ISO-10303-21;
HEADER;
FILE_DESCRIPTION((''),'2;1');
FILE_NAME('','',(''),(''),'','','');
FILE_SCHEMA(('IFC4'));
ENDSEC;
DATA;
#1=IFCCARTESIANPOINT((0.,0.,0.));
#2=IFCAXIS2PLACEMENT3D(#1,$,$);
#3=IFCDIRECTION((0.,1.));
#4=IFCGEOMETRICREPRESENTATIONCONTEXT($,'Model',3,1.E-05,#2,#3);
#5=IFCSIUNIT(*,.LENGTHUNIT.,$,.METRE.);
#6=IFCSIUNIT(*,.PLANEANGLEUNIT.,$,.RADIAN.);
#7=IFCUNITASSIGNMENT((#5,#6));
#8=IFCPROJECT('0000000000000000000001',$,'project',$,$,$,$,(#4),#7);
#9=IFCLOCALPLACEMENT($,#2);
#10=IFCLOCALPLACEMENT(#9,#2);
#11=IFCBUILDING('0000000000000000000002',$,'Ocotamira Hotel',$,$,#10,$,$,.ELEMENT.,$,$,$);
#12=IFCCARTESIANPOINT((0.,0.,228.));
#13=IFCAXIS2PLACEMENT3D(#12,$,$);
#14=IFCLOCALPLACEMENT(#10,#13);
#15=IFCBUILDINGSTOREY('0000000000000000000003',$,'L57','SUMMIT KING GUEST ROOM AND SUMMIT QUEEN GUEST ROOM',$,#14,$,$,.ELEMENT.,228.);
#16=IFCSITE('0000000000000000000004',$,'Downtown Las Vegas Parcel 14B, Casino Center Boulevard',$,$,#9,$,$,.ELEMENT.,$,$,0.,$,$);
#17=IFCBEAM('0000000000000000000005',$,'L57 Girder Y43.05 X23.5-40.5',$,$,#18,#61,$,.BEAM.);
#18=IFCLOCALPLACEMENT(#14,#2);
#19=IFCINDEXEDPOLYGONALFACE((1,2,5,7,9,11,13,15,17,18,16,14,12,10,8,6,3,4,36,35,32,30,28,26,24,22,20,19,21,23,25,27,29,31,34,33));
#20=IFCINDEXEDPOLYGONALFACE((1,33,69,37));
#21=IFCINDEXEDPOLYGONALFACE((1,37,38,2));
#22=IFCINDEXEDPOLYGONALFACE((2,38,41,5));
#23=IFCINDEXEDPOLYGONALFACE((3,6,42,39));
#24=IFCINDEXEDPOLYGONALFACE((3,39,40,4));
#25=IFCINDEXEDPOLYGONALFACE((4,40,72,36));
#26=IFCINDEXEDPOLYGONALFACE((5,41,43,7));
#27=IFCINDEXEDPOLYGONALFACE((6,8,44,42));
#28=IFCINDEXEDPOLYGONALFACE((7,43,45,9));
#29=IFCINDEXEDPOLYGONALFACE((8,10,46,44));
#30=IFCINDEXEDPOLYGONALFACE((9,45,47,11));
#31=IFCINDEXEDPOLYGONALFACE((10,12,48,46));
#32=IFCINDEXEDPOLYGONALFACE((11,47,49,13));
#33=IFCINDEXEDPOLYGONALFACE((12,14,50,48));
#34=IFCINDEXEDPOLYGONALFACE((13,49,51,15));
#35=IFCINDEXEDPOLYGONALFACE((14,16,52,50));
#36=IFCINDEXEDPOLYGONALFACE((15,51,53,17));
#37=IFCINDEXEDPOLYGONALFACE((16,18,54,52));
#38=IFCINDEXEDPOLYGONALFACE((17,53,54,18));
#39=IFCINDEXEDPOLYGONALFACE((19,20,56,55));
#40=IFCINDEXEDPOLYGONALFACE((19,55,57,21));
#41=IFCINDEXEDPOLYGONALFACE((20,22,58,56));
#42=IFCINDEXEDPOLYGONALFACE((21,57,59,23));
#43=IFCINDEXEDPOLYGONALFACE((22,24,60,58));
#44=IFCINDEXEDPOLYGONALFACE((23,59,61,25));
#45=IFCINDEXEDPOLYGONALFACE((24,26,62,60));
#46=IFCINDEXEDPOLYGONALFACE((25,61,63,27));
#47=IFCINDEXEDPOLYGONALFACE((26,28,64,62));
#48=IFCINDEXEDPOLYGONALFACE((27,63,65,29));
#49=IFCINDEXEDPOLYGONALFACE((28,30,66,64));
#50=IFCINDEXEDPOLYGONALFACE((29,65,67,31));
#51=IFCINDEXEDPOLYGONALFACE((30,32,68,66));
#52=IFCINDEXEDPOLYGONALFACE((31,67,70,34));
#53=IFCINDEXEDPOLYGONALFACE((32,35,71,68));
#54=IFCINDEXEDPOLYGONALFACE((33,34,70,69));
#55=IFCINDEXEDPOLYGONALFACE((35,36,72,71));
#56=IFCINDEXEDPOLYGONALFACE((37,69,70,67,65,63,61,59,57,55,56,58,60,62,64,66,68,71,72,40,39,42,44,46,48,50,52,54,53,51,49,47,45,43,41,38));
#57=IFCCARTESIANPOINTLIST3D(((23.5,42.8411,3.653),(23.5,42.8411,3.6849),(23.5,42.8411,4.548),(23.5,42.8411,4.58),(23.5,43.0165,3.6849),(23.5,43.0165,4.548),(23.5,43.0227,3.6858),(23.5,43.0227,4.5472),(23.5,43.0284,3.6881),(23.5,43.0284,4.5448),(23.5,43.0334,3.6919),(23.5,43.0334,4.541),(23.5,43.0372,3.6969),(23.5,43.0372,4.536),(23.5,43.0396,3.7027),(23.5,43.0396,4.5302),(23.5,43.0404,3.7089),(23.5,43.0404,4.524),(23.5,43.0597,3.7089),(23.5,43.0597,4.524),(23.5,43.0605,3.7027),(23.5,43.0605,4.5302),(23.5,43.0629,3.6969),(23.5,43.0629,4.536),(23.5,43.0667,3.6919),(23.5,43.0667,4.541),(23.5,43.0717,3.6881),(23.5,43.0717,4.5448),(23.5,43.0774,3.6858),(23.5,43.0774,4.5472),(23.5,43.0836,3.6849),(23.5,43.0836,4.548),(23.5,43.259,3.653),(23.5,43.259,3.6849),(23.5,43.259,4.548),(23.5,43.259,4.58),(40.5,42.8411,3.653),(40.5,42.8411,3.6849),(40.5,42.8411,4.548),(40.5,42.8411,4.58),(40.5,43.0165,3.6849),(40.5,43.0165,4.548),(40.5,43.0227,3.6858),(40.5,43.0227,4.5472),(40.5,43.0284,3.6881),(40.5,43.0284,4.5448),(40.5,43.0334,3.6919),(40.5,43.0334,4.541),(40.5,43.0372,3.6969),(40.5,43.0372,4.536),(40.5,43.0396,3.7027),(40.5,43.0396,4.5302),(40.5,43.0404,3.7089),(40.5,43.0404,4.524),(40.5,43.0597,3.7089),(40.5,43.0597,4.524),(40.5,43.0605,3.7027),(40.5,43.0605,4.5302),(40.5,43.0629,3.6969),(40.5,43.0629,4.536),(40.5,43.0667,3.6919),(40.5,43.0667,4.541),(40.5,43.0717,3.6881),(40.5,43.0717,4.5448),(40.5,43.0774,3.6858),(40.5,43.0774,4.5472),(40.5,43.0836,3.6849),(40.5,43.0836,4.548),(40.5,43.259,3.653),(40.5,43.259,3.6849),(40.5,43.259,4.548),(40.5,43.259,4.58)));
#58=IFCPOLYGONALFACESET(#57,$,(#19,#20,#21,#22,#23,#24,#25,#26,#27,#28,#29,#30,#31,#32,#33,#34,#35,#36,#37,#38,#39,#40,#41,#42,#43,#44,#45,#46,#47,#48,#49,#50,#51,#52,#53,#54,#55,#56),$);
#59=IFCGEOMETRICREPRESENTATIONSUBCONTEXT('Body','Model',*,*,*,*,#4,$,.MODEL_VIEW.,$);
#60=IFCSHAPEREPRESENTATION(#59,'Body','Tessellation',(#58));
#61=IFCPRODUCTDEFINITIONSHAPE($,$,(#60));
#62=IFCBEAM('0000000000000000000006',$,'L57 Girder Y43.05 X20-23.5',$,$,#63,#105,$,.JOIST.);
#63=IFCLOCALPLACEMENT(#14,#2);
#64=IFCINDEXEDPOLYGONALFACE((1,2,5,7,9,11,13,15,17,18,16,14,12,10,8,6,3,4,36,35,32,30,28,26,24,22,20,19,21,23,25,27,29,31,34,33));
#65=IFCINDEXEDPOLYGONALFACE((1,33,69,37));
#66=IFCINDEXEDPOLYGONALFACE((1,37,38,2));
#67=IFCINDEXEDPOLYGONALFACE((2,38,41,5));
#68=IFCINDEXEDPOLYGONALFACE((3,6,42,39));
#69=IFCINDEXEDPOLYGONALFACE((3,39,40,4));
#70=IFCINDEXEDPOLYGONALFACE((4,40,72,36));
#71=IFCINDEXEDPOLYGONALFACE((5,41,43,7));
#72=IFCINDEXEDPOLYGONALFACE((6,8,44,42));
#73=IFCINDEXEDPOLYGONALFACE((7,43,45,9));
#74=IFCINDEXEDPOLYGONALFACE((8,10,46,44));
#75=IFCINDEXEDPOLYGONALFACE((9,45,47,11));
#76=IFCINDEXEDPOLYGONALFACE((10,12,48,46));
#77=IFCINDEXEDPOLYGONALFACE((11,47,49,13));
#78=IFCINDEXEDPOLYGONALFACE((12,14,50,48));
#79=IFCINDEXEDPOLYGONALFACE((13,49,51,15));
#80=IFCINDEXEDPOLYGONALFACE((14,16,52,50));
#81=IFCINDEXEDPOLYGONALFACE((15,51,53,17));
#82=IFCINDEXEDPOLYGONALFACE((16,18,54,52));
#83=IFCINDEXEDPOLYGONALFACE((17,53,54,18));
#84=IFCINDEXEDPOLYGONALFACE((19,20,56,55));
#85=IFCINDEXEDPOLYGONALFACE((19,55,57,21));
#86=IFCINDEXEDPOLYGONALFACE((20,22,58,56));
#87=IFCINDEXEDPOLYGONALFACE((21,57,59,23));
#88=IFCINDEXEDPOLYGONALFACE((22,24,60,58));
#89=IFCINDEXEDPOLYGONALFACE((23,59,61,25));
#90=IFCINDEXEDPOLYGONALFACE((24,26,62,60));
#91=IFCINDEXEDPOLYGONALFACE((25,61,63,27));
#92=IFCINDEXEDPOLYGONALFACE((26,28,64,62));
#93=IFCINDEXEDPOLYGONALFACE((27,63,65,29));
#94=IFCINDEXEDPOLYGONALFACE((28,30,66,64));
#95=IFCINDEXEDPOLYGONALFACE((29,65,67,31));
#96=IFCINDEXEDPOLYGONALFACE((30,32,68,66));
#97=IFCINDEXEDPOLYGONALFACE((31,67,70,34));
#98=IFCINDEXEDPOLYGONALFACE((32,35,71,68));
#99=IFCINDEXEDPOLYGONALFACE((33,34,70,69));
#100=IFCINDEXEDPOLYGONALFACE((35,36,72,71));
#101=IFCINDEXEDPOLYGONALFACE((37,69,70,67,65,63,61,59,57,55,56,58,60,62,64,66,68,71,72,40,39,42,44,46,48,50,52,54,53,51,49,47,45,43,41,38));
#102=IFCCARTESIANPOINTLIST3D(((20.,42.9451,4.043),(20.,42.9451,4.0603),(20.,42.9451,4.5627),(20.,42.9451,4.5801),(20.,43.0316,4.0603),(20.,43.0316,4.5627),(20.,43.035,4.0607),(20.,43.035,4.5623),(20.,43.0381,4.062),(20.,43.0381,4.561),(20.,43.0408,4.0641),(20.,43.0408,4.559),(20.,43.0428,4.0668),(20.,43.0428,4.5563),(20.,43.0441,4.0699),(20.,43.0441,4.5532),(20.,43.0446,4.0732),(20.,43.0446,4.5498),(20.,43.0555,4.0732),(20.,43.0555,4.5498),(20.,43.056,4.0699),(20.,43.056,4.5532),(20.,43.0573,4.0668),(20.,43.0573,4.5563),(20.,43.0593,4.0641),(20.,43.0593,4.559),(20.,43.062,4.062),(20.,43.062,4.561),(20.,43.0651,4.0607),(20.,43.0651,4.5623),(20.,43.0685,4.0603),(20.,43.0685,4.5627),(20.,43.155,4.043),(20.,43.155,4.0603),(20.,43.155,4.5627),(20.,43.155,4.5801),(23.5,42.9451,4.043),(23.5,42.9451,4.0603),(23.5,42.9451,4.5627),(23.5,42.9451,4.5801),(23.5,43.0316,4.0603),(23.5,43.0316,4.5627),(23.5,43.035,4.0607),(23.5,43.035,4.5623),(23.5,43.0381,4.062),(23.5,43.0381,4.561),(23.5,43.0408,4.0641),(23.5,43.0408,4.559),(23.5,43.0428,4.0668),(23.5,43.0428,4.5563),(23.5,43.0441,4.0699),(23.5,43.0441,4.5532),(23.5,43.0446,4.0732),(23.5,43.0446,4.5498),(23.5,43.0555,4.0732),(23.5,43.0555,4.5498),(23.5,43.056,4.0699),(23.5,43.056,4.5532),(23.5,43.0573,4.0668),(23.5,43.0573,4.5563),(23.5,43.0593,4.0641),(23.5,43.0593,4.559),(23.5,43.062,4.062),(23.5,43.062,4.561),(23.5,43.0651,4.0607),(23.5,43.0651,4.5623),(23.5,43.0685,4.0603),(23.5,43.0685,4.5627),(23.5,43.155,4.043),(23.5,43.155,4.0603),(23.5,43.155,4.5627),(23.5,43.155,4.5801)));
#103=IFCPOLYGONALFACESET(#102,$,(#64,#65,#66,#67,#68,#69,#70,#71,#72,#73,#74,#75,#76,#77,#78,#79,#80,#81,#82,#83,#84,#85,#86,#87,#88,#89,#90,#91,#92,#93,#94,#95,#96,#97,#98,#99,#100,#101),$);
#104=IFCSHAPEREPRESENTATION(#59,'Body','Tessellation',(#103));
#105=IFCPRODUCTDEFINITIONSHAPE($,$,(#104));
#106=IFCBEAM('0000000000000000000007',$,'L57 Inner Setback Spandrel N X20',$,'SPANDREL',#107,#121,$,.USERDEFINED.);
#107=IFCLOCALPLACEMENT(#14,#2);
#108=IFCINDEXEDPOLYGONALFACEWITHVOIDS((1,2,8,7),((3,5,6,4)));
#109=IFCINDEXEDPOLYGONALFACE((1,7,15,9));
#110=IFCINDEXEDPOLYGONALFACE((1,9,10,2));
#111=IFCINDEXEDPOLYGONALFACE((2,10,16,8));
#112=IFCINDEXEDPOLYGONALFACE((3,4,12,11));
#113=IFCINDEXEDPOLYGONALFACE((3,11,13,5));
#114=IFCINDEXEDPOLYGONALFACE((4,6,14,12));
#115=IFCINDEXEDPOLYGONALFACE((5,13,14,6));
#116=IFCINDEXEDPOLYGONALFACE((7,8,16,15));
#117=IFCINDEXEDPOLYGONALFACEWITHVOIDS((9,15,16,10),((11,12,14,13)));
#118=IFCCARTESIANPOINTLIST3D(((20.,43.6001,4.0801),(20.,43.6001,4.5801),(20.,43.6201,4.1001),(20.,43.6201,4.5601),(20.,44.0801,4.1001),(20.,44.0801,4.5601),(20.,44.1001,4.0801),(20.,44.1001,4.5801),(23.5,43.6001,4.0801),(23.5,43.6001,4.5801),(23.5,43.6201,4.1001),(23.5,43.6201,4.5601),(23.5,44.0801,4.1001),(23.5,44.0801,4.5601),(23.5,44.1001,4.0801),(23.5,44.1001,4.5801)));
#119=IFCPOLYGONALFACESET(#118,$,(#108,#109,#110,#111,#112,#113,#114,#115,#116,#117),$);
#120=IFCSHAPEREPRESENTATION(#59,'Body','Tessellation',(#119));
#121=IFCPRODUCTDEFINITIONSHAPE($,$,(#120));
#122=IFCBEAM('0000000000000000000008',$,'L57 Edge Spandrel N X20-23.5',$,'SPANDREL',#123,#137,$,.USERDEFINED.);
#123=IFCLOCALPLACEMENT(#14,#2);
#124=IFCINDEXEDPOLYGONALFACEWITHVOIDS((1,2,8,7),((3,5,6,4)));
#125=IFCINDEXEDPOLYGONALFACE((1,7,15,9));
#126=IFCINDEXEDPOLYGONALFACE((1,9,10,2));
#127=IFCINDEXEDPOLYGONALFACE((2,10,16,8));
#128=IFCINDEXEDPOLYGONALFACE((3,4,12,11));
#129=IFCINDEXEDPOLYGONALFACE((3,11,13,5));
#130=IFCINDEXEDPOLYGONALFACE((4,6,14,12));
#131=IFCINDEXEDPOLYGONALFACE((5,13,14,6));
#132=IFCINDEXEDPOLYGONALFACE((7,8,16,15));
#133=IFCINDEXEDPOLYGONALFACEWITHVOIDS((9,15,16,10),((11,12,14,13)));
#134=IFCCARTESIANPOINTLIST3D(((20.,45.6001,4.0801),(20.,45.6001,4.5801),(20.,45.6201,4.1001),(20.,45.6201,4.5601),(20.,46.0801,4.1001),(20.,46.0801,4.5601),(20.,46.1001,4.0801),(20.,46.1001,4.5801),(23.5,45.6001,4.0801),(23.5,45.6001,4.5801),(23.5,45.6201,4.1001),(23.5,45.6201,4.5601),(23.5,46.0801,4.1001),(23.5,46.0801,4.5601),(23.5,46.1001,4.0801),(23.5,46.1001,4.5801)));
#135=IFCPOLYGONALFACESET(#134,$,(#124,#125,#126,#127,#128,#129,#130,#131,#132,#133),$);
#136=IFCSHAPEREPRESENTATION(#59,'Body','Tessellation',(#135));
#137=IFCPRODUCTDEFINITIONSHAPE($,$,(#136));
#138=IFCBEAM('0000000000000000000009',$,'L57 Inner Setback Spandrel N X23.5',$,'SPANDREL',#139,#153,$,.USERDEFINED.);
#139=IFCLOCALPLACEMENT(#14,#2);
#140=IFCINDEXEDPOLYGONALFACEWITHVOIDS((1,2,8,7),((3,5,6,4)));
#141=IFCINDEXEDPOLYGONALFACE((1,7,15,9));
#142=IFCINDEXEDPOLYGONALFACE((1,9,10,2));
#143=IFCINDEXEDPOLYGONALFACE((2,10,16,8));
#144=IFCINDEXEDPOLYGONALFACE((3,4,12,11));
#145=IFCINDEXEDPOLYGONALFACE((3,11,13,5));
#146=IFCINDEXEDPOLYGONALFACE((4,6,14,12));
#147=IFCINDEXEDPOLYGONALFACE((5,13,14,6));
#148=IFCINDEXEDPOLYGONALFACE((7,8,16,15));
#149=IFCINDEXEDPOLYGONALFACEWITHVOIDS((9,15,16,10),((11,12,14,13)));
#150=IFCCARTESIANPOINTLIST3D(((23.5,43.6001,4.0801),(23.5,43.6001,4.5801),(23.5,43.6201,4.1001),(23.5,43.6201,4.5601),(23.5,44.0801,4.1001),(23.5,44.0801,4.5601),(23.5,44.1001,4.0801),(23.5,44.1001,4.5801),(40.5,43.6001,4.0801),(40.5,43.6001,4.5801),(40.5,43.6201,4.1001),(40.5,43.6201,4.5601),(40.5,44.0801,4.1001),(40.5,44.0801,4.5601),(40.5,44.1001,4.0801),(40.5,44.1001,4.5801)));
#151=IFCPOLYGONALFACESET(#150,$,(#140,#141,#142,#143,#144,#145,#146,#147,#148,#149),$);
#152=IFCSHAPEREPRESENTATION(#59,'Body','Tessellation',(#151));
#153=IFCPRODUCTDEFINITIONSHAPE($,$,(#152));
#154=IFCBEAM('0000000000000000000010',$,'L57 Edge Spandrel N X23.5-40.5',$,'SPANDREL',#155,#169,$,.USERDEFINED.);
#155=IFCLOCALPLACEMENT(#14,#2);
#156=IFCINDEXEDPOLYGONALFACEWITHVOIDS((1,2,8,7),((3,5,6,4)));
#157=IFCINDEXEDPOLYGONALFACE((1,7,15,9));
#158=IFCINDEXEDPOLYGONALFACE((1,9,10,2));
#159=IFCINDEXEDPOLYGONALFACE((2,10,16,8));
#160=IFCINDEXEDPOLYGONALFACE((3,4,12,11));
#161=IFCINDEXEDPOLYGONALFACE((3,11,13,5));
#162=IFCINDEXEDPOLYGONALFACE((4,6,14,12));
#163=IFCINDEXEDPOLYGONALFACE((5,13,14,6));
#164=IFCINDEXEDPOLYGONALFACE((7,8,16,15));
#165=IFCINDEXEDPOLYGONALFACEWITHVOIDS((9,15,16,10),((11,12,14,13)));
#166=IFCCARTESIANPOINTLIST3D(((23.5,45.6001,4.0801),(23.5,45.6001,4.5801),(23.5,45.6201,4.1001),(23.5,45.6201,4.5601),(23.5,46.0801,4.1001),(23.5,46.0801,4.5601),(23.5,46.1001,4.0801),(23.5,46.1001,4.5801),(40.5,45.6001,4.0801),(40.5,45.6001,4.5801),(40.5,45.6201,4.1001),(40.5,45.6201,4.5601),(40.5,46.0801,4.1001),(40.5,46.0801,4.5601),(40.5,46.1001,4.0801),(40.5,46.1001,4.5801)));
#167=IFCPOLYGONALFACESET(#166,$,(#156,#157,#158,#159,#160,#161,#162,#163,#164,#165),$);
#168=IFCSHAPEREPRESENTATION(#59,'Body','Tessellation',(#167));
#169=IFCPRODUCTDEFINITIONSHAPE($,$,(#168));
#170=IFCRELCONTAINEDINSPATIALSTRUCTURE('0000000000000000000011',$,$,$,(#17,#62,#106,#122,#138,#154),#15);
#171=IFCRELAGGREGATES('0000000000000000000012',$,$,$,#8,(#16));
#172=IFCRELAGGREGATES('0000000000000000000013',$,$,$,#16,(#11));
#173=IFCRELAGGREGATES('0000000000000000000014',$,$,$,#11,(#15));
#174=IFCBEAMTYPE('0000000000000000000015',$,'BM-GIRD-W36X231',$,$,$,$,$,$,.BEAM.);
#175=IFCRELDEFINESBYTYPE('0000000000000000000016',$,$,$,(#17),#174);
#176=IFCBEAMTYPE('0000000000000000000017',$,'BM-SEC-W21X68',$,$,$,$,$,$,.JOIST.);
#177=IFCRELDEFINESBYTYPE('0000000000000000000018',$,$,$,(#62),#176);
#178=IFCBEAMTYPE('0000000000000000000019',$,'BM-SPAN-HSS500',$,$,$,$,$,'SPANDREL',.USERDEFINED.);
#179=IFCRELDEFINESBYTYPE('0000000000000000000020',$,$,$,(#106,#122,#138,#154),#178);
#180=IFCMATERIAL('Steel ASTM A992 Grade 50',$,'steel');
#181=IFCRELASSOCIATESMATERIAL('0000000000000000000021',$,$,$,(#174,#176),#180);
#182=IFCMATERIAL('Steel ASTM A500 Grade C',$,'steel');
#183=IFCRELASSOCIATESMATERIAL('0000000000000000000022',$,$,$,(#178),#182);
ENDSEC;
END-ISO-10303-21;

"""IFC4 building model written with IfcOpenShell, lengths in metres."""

from ifc_helpers import new_model, si_unit, direction, frame, origin, origin_2d, place, context, subcontext, project, spatial, hollow_rectangle, i_section, extrude, source, transform, mapped, material, material_profile, profile_set, type_object, element, save


model = new_model("IFC4")

# Units and contexts
model_context = context("Model", 3, precision=1e-05, world=origin(), true_north=direction((0.0, 1.0)))
body_context = subcontext(model_context, "Body", "Model", "MODEL_VIEW")
ifc_project = project(units=[si_unit("LENGTHUNIT", "METRE"), si_unit("PLANEANGLEUNIT", "RADIAN")], contexts=[model_context])

# Site, building, storey
site_placement = place(None, origin())
site = spatial("IfcSite", under=ifc_project, at=site_placement, Name="Downtown Las Vegas Parcel 14B, Casino Center Boulevard", CompositionType="ELEMENT", RefElevation=0.0)
building_placement = place(site_placement, origin())
building = spatial("IfcBuilding", under=site, at=building_placement, Name="Ocotamira Hotel", CompositionType="ELEMENT")
storey_placement = place(building_placement, frame((0.0, 0.0, 228.0)))
storey = spatial("IfcBuildingStorey", under=building, at=storey_placement, Name="L57", Description="SUMMIT KING GUEST ROOM AND SUMMIT QUEEN GUEST ROOM", CompositionType="ELEMENT", Elevation=228.0)

# Shared definitions
ifc_material_1 = material(Name="Steel ASTM A992 Grade 50", Category="steel")

# Beams
ifc_material_profile_1 = material_profile(ifc_material_1, i_section(OverallWidth=0.418, OverallDepth=0.927, WebThickness=0.0193, FlangeThickness=0.032, FilletRadius=0.0239, at=origin_2d()), Name="W36X231")
ifc_profile_set_1 = profile_set([ifc_material_profile_1], Name="Steel ASTM A992 Grade 50")
beam_type_1 = type_object("IfcBeamType", Name="BM-GIRD-W36X231", PredefinedType="BEAM", material=ifc_profile_set_1)
shared_shape_1 = source(origin(), body_context, "Body", "SweptSolid", [
    extrude(i_section(OverallWidth=0.418, OverallDepth=0.927, WebThickness=0.0193, FlangeThickness=0.032, FilletRadius=0.0239, at=origin_2d()), origin(), (0.0, 0.0, 1.0), 17.0),
])
for number, where, z_axis, x_axis, name in (
    (1, (23.5, 43.05, 4.1165), (1.0, 0.0, 0.0), (0.0, 1.0, 0.0), "L57 Girder Y43.05 X23.5-40.5"),
):
    element("IfcBeam", number, at=place(storey_placement, frame(where, z_axis=z_axis, x_axis=x_axis)), inside=storey, type_object=beam_type_1, Name=name, PredefinedType="BEAM", context=body_context, shape_type="MappedRepresentation", body=[
        mapped(shared_shape_1, transform((0.0, 0.0, 0.0), scale=1.0)),
    ])
ifc_material_profile_2 = material_profile(ifc_material_1, i_section(OverallWidth=0.21, OverallDepth=0.5371, WebThickness=0.011, FlangeThickness=0.0173, FilletRadius=0.0129, at=origin_2d()), Name="W21X68")
ifc_profile_set_2 = profile_set([ifc_material_profile_2], Name="Steel ASTM A992 Grade 50")
beam_type_2 = type_object("IfcBeamType", Name="BM-SEC-W21X68", PredefinedType="JOIST", material=ifc_profile_set_2)
shared_shape_2 = source(origin(), body_context, "Body", "SweptSolid", [
    extrude(i_section(OverallWidth=0.21, OverallDepth=0.5371, WebThickness=0.011, FlangeThickness=0.0173, FilletRadius=0.0129, at=origin_2d()), origin(), (0.0, 0.0, 1.0), 3.5),
])
beam_1_placement = place(storey_placement, frame((20.0, 43.05, 4.3115), z_axis=(1.0, 0.0, 0.0), x_axis=(0.0, 1.0, 0.0)))
element("IfcBeam", 2, at=beam_1_placement, inside=storey, type_object=beam_type_2, Name="L57 Girder Y43.05 X20-23.5", PredefinedType="JOIST", context=body_context, shape_type="MappedRepresentation", body=[
    mapped(shared_shape_2, transform((0.0, 0.0, 0.0), scale=1.0)),
])
ifc_material_2 = material(Name="Steel ASTM A500 Grade C", Category="steel")
ifc_material_profile_3 = material_profile(ifc_material_2, hollow_rectangle(XDim=0.5, YDim=0.5, WallThickness=0.02, at=origin_2d()), Name="HSS500X500X20")
ifc_profile_set_3 = profile_set([ifc_material_profile_3], Name="Steel ASTM A500 Grade C")
beam_type_3 = type_object("IfcBeamType", Name="BM-SPAN-HSS500", ElementType="SPANDREL", PredefinedType="USERDEFINED", material=ifc_profile_set_3)
shared_shape_3 = source(origin(), body_context, "Body", "SweptSolid", [
    extrude(hollow_rectangle(XDim=0.5, YDim=0.5, WallThickness=0.02, at=origin_2d()), origin(), (0.0, 0.0, 1.0), 3.5),
])
for number, where, z_axis, x_axis, name in (
    (3, (20.0, 43.8501, 4.3301), (1.0, 0.0, 0.0), (0.0, 1.0, 0.0), "L57 Inner Setback Spandrel N X20"),
    (4, (20.0, 45.8501, 4.3301), (1.0, 0.0, 0.0), (0.0, 1.0, 0.0), "L57 Edge Spandrel N X20-23.5"),
):
    element("IfcBeam", number, at=place(storey_placement, frame(where, z_axis=z_axis, x_axis=x_axis)), inside=storey, type_object=beam_type_3, Name=name, ObjectType="SPANDREL", PredefinedType="USERDEFINED", context=body_context, shape_type="MappedRepresentation", body=[
        mapped(shared_shape_3, transform((0.0, 0.0, 0.0), scale=1.0)),
    ])
shared_shape_4 = source(origin(), body_context, "Body", "SweptSolid", [
    extrude(hollow_rectangle(XDim=0.5, YDim=0.5, WallThickness=0.02, at=origin_2d()), origin(), (0.0, 0.0, 1.0), 17.0),
])
for number, where, z_axis, x_axis, name in (
    (5, (23.5, 43.8501, 4.3301), (1.0, 0.0, 0.0), (0.0, 1.0, 0.0), "L57 Inner Setback Spandrel N X23.5"),
    (6, (23.5, 45.8501, 4.3301), (1.0, 0.0, 0.0), (0.0, 1.0, 0.0), "L57 Edge Spandrel N X23.5-40.5"),
):
    element("IfcBeam", number, at=place(storey_placement, frame(where, z_axis=z_axis, x_axis=x_axis)), inside=storey, type_object=beam_type_3, Name=name, ObjectType="SPANDREL", PredefinedType="USERDEFINED", context=body_context, shape_type="MappedRepresentation", body=[
        mapped(shared_shape_4, transform((0.0, 0.0, 0.0), scale=1.0)),
    ])

save(model, "model.ifc")
